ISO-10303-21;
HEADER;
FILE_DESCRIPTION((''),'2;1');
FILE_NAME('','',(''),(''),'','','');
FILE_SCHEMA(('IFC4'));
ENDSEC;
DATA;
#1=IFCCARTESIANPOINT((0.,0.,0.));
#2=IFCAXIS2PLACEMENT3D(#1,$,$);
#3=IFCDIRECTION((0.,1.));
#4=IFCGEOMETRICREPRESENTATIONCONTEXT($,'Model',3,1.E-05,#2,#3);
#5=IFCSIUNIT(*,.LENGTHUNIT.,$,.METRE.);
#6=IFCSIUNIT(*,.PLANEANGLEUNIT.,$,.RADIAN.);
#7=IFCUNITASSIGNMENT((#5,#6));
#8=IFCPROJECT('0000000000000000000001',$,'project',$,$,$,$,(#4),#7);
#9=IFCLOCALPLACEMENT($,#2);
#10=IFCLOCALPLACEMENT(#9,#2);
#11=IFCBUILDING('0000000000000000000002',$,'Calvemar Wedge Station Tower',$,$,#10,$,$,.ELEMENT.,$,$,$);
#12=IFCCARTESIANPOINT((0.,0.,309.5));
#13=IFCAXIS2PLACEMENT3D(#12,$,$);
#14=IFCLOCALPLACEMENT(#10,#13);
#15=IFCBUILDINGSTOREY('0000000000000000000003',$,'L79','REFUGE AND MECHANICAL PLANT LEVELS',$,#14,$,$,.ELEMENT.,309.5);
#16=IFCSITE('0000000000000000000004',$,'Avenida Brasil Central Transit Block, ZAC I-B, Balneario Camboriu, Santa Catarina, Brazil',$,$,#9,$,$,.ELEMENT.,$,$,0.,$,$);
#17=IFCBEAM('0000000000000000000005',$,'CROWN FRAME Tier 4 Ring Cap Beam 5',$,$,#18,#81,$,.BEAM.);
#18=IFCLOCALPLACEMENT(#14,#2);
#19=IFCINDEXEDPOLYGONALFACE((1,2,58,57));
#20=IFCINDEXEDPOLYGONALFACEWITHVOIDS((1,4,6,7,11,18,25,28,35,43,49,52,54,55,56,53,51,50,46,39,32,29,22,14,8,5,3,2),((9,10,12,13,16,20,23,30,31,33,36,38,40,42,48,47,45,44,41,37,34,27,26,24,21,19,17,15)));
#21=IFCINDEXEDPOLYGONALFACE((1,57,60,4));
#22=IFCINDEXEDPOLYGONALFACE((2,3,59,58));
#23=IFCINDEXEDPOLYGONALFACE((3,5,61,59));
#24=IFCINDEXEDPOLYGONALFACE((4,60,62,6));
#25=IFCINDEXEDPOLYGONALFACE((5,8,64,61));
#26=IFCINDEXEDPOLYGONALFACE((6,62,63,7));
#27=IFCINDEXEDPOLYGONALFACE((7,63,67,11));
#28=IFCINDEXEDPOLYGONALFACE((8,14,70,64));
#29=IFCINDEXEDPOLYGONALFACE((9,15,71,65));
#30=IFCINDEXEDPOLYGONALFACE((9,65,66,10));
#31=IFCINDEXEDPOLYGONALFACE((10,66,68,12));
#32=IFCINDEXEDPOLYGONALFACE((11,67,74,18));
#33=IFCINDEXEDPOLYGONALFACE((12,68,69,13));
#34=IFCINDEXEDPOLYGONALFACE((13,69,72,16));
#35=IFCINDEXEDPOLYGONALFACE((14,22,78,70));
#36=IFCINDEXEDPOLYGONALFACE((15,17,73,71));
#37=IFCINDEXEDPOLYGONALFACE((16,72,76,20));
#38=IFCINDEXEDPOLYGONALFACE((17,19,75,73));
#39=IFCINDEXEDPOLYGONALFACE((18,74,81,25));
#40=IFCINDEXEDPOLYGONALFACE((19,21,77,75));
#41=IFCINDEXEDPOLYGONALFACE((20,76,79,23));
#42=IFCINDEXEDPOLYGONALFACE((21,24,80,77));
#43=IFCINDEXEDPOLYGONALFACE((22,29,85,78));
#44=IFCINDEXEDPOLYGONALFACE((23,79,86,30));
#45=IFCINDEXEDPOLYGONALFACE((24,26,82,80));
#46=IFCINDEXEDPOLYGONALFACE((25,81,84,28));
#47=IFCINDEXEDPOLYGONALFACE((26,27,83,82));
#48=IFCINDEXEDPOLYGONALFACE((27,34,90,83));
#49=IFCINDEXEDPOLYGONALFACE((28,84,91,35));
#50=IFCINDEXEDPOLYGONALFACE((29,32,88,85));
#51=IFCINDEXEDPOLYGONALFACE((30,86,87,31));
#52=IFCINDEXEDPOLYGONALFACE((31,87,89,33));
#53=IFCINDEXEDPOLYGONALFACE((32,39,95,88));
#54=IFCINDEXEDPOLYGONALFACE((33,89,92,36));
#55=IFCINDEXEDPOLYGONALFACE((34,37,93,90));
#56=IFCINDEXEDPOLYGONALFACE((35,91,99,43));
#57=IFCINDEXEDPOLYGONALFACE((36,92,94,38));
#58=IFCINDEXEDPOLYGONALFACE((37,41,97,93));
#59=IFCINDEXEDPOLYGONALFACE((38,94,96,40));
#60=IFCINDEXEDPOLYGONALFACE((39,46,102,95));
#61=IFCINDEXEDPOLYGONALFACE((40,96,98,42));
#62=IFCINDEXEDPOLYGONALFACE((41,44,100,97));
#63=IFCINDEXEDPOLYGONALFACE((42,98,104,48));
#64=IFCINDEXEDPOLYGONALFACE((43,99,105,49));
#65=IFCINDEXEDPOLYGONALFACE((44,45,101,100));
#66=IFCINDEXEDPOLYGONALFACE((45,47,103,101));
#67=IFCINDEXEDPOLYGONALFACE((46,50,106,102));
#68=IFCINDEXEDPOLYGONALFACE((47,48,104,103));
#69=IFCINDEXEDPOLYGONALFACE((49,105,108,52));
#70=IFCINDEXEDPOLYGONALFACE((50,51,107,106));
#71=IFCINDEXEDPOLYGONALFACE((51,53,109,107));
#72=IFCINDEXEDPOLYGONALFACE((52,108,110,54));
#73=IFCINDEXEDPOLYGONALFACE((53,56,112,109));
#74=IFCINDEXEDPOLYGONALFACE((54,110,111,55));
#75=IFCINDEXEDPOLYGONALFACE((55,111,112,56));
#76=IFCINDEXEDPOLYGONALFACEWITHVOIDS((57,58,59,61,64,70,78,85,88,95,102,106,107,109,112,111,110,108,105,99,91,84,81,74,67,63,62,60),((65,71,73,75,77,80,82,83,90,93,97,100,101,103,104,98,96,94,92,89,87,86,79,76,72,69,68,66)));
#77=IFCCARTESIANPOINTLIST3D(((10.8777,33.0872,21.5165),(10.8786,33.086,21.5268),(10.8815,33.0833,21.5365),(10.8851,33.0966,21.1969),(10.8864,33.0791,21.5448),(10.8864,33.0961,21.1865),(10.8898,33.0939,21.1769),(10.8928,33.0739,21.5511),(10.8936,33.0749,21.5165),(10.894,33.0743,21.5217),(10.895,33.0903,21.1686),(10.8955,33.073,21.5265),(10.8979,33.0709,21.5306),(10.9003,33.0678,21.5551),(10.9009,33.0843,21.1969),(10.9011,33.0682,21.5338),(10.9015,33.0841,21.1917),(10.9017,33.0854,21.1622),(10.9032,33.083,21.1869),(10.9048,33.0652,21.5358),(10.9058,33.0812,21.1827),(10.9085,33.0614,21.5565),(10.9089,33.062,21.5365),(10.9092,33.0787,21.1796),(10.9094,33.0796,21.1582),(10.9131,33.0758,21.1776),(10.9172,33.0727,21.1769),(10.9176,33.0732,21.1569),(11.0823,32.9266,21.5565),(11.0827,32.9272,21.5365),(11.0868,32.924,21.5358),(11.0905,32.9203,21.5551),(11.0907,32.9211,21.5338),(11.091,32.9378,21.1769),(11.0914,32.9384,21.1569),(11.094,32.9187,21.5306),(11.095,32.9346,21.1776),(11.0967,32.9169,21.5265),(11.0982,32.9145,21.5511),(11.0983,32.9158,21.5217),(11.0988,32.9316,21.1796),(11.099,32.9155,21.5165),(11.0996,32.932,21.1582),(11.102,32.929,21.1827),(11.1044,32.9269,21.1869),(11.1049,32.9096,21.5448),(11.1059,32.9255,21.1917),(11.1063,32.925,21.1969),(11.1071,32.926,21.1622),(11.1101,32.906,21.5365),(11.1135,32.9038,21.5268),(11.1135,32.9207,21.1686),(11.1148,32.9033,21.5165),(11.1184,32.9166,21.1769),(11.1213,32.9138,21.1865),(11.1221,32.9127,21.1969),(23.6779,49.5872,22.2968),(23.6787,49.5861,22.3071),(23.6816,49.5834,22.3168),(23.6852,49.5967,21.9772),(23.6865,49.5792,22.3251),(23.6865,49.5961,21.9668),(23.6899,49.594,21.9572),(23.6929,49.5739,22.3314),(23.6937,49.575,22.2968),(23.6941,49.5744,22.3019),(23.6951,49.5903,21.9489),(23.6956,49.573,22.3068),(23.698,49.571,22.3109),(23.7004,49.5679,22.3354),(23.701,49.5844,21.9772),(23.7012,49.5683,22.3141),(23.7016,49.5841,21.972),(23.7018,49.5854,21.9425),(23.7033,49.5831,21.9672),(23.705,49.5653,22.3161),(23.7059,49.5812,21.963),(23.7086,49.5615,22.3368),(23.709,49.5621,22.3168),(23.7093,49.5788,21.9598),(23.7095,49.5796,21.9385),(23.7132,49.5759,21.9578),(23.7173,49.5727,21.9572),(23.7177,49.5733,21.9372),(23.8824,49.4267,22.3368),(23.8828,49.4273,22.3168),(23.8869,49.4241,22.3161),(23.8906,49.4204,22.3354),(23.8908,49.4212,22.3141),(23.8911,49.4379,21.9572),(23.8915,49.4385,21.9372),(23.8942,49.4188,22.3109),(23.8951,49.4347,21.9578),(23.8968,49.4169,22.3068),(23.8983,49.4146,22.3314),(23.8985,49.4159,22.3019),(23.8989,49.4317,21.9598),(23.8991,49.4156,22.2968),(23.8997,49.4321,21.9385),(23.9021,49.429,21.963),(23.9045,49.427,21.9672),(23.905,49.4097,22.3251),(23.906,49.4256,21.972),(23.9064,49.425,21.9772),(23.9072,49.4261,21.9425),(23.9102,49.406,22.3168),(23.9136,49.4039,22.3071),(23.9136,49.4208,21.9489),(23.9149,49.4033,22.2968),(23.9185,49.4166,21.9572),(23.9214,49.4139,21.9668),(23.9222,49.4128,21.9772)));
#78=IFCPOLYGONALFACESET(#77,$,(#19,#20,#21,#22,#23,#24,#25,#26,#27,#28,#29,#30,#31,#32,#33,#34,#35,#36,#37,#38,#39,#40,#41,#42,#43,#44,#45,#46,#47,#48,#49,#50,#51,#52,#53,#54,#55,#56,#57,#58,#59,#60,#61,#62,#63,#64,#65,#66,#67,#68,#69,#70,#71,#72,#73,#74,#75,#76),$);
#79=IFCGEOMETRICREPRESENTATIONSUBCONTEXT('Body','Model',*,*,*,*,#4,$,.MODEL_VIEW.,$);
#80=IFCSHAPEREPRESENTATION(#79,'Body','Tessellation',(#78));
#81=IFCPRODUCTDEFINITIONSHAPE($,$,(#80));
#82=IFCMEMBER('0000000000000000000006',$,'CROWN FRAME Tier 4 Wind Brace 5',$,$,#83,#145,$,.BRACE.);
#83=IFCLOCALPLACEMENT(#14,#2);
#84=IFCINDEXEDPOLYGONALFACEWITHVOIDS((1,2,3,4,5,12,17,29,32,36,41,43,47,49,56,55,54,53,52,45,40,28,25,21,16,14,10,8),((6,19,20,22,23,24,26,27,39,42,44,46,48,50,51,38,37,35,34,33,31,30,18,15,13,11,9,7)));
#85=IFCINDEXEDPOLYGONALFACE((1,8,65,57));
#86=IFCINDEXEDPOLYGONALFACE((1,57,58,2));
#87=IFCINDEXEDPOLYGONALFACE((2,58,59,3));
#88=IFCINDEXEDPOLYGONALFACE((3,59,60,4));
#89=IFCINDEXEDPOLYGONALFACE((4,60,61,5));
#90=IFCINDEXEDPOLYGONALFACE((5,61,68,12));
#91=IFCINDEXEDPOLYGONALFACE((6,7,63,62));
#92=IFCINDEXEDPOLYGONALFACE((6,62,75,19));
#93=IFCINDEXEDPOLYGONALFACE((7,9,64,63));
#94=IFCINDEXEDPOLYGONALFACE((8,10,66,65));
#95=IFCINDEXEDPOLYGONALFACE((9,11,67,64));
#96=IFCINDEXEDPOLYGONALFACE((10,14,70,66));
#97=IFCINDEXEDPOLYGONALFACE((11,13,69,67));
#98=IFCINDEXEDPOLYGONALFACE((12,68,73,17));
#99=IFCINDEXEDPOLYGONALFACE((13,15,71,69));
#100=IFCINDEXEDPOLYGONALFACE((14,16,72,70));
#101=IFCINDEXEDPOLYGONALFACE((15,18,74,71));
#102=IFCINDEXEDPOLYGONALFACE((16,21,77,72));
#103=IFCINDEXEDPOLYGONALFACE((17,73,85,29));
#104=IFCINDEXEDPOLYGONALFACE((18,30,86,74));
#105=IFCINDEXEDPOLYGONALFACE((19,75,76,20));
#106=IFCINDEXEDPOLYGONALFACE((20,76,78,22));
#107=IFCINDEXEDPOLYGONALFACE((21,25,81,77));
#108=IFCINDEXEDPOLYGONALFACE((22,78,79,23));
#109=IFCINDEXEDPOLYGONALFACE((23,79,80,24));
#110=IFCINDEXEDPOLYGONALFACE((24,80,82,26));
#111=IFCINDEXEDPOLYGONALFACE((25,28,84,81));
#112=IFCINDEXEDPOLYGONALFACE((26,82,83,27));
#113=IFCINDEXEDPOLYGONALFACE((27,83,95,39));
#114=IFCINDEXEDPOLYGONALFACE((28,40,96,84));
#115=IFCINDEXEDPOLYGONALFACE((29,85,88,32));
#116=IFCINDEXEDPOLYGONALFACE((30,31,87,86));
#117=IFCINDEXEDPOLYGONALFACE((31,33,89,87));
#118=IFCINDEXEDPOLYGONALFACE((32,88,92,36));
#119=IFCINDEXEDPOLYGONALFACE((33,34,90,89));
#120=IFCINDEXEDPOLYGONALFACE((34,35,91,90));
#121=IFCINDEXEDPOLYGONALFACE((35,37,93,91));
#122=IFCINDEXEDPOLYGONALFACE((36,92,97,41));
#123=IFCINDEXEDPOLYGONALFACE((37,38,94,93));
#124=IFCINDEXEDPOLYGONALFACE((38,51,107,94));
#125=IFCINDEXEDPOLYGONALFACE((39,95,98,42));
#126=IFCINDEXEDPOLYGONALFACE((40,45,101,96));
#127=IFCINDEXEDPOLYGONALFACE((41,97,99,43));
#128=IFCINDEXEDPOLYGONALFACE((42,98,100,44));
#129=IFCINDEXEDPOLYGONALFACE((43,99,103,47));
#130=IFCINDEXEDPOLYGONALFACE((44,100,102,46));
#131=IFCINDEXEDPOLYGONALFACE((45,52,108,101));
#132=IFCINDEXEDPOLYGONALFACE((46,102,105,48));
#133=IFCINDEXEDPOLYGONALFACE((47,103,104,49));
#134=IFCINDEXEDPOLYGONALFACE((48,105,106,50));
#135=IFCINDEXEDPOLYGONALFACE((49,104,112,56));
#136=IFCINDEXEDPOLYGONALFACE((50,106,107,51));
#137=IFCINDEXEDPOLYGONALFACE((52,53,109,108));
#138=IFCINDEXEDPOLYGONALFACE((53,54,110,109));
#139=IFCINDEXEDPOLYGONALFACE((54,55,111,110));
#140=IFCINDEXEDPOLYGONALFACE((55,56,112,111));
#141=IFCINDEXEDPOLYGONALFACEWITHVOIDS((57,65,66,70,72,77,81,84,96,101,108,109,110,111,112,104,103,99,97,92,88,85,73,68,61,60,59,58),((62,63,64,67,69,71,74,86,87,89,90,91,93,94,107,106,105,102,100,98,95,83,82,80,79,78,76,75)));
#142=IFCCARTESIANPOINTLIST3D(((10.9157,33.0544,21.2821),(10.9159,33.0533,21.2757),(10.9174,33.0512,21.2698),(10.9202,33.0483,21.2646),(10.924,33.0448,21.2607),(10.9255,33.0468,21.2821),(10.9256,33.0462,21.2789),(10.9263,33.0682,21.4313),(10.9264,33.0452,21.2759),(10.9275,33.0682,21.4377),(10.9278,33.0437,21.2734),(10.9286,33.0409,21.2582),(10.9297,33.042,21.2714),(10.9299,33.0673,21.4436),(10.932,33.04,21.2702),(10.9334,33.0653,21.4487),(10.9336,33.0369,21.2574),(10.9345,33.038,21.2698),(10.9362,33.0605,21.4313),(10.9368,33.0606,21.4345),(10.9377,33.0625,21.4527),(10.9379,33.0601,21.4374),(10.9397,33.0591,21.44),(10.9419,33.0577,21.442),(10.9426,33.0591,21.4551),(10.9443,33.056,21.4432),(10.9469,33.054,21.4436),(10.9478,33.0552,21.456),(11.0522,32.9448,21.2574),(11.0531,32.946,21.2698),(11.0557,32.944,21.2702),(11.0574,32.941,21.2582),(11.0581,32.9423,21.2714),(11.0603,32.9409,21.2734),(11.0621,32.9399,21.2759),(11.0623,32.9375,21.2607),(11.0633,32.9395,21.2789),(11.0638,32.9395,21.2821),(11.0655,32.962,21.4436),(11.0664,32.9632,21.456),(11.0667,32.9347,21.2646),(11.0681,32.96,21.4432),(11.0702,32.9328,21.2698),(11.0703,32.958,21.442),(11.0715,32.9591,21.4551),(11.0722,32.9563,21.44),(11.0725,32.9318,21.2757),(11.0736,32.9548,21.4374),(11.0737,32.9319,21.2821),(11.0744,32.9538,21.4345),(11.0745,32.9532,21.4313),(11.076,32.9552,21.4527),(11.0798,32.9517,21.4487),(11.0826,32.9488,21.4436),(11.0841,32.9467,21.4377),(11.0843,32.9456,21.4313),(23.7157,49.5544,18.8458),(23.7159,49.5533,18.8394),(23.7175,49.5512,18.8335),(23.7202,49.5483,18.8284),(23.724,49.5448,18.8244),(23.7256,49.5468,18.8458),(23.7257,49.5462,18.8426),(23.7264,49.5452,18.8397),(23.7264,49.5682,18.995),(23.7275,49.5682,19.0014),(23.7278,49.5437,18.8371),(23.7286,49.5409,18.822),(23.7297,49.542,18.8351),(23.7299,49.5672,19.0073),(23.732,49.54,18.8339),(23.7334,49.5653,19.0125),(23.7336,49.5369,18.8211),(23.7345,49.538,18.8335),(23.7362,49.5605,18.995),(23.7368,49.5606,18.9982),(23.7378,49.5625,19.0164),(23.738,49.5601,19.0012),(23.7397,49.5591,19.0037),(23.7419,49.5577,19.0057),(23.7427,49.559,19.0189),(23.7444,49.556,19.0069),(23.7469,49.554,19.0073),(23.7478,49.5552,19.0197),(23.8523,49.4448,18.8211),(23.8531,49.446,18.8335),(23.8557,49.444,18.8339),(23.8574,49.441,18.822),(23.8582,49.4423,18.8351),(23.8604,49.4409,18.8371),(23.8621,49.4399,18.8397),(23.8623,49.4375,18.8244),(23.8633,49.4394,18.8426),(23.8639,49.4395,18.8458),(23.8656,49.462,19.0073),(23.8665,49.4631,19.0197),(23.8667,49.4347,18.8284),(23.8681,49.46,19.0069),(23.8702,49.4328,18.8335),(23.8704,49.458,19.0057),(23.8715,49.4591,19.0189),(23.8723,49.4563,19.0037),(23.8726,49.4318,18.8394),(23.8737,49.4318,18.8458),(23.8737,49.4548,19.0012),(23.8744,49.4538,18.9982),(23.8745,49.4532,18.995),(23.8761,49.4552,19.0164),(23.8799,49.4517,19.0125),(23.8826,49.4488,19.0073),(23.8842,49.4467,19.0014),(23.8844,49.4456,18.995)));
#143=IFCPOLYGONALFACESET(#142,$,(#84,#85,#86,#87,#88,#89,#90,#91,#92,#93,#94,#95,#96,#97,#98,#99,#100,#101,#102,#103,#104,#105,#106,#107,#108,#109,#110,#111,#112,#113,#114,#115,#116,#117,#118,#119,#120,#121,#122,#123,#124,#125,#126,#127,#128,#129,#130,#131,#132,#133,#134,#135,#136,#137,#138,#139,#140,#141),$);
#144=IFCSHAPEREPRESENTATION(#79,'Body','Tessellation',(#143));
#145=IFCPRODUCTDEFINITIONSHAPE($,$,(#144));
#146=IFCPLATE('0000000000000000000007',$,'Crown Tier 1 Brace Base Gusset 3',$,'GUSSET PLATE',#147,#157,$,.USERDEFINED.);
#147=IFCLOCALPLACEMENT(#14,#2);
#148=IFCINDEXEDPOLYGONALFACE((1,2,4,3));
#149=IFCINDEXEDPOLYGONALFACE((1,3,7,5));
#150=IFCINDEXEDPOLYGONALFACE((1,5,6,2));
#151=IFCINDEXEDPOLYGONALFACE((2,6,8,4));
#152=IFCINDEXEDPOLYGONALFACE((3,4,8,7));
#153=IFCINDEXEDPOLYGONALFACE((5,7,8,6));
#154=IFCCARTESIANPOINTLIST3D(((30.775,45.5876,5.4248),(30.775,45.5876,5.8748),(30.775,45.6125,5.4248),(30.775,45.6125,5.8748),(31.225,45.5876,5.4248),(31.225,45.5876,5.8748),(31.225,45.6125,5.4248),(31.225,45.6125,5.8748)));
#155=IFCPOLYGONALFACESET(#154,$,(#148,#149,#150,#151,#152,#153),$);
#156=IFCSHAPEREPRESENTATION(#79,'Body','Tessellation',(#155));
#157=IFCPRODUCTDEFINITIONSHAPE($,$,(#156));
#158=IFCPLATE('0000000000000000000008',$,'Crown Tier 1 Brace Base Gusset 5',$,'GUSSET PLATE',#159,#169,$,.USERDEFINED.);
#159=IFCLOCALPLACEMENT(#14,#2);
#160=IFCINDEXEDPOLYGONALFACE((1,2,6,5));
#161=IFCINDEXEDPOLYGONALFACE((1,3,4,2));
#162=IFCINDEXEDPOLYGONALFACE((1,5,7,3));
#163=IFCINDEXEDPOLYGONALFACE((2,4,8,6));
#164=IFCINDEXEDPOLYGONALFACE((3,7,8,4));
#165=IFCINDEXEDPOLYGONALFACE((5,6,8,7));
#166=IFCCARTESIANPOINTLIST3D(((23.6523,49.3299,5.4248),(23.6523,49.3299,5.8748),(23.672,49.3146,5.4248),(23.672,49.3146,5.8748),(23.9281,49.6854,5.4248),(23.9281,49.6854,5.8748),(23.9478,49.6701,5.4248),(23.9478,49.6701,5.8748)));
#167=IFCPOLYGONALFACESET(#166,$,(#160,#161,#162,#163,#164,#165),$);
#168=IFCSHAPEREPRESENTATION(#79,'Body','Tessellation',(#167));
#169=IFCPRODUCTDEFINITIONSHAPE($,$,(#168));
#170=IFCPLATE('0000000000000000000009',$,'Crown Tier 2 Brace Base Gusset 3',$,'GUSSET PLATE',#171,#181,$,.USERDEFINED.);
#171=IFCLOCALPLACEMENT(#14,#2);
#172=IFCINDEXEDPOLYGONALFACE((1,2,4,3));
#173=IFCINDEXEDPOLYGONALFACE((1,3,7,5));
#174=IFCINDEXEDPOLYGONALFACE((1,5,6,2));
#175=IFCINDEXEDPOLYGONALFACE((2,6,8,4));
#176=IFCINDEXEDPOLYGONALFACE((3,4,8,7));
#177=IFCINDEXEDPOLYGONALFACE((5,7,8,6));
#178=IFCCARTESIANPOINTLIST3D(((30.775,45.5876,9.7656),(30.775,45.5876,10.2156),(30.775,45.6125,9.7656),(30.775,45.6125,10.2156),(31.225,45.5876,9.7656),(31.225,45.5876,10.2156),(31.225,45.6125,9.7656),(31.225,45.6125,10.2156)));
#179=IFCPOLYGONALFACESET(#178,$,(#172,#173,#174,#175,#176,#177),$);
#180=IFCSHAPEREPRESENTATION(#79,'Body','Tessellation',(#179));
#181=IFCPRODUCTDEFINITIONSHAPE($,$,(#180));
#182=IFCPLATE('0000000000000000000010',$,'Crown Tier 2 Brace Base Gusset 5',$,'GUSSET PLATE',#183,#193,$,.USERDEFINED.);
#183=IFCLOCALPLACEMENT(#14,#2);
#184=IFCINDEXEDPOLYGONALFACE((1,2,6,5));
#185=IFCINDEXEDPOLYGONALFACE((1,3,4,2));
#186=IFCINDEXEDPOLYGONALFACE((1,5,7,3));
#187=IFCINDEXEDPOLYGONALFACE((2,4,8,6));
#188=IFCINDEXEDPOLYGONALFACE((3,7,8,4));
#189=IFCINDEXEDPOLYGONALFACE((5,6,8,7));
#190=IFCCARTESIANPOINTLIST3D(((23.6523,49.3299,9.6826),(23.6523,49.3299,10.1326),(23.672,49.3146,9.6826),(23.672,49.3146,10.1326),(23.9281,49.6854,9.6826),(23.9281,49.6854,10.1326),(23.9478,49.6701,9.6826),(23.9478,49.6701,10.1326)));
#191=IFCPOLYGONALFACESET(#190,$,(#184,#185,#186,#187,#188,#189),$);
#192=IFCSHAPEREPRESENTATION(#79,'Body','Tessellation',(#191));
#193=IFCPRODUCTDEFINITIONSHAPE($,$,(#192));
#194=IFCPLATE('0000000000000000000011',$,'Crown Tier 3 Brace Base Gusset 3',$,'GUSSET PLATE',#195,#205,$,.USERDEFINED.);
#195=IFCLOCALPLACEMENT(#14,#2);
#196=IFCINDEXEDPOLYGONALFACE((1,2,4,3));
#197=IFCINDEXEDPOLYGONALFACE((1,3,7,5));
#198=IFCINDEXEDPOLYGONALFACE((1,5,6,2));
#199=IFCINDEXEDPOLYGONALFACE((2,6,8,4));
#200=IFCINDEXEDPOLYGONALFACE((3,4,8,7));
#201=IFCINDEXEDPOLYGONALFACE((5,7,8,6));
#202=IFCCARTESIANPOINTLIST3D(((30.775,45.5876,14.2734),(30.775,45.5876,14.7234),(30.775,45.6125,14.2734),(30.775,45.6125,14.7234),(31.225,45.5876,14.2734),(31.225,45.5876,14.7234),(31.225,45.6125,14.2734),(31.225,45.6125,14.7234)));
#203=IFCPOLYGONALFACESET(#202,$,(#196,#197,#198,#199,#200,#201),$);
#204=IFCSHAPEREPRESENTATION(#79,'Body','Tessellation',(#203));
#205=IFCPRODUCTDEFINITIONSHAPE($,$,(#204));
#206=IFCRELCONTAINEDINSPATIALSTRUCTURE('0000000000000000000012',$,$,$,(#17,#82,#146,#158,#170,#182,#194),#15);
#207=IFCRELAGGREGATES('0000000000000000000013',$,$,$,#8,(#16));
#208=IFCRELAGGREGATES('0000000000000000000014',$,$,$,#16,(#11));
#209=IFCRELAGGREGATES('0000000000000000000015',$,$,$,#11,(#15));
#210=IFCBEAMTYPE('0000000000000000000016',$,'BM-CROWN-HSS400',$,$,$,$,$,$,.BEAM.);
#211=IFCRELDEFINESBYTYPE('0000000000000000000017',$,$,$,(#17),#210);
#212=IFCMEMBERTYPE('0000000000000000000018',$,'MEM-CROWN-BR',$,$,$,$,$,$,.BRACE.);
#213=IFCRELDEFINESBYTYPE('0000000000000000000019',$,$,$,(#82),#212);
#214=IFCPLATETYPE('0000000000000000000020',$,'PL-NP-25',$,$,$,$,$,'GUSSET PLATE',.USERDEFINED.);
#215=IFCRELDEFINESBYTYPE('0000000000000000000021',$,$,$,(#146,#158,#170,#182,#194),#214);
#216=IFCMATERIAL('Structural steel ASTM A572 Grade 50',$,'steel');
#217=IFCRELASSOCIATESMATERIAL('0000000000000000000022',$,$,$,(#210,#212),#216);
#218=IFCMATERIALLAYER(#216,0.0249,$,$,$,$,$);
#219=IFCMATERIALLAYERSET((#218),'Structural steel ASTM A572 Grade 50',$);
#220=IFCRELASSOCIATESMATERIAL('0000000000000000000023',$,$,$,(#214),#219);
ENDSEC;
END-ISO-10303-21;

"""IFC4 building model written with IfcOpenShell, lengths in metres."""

from ifc_helpers import new_model, si_unit, direction, frame, origin, origin_2d, place, context, subcontext, project, spatial, rectangle, hollow_rectangle, extrude, source, transform, mapped, material, layer, layer_set, material_profile, profile_set, type_object, element, save


model = new_model("IFC4")

# Units and contexts
model_context = context("Model", 3, precision=1e-05, world=origin(), true_north=direction((0.0, 1.0)))
body_context = subcontext(model_context, "Body", "Model", "MODEL_VIEW")
ifc_project = project(units=[si_unit("LENGTHUNIT", "METRE"), si_unit("PLANEANGLEUNIT", "RADIAN")], contexts=[model_context])

# Site, building, storey
site_placement = place(None, origin())
site = spatial("IfcSite", under=ifc_project, at=site_placement, Name="Avenida Brasil Central Transit Block, ZAC I-B, Balneario Camboriu, Santa Catarina, Brazil", CompositionType="ELEMENT", RefElevation=0.0)
building_placement = place(site_placement, origin())
building = spatial("IfcBuilding", under=site, at=building_placement, Name="Calvemar Wedge Station Tower", CompositionType="ELEMENT")
storey_placement = place(building_placement, frame((0.0, 0.0, 309.5)))
storey = spatial("IfcBuildingStorey", under=building, at=storey_placement, Name="L79", Description="REFUGE AND MECHANICAL PLANT LEVELS", CompositionType="ELEMENT", Elevation=309.5)

# Shared definitions
ifc_material_1 = material(Name="Structural steel ASTM A572 Grade 50", Category="steel")

# Shared definitions
ifc_material_profile_1 = material_profile(ifc_material_1, hollow_rectangle(XDim=0.3, YDim=0.3999, WallThickness=0.02, InnerFilletRadius=0.02, OuterFilletRadius=0.04, at=origin_2d()), Name="HSS400x300x20")
ifc_profile_set_1 = profile_set([ifc_material_profile_1], Name="Structural steel ASTM A572 Grade 50")
beam_type = type_object("IfcBeamType", Name="BM-CROWN-HSS400", PredefinedType="BEAM", material=ifc_profile_set_1)

# Shared definitions
ifc_material_profile_2 = material_profile(ifc_material_1, hollow_rectangle(XDim=0.2, YDim=0.2, WallThickness=0.0125, InnerFilletRadius=0.0125, OuterFilletRadius=0.0249, at=origin_2d()), Name="HSS200x200x12.5")
ifc_profile_set_2 = profile_set([ifc_material_profile_2], Name="Structural steel ASTM A572 Grade 50")
member_type = type_object("IfcMemberType", Name="MEM-CROWN-BR", PredefinedType="BRACE", material=ifc_profile_set_2)

# Beam
shared_shape_1 = source(origin(), body_context, "Body", "SweptSolid", [
    extrude(hollow_rectangle(XDim=0.3, YDim=0.3999, WallThickness=0.02, InnerFilletRadius=0.02, OuterFilletRadius=0.04, at=origin_2d()), origin(), (0.0, 0.0, 1.0), 20.8975),
])
beam_1_placement = place(storey_placement, frame((23.8, 49.5, 22.137), z_axis=(-0.61252, -0.789573, -0.037338), x_axis=(0.790124, -0.612947, 0.0)))
element("IfcBeam", 1, at=beam_1_placement, inside=storey, type_object=beam_type, Name="CROWN FRAME Tier 4 Ring Cap Beam 5", PredefinedType="BEAM", context=body_context, shape_type="MappedRepresentation", body=[
    mapped(shared_shape_1, transform((0.0, 0.0, 0.0), scale=1.0)),
])

# Member
shared_shape_2 = source(origin(), body_context, "Body", "SweptSolid", [
    extrude(hollow_rectangle(XDim=0.2, YDim=0.2, WallThickness=0.0125, InnerFilletRadius=0.0125, OuterFilletRadius=0.0249, at=origin_2d()), origin(), (0.0, 0.0, 1.0), 21.0244),
])
member_1_placement = place(storey_placement, frame((23.8, 49.5, 18.9204), z_axis=(-0.608818, -0.784801, 0.115878), x_axis=(0.790124, -0.612947, 0.0)))
element("IfcMember", 2, at=member_1_placement, inside=storey, type_object=member_type, Name="CROWN FRAME Tier 4 Wind Brace 5", PredefinedType="BRACE", context=body_context, shape_type="MappedRepresentation", body=[
    mapped(shared_shape_2, transform((0.0, 0.0, 0.0), scale=1.0)),
])

# Plates
ifc_layer_1 = layer(ifc_material_1, 0.0249)
ifc_layer_set_1 = layer_set([ifc_layer_1], Name="Structural steel ASTM A572 Grade 50")
plate_type = type_object("IfcPlateType", Name="PL-NP-25", ElementType="GUSSET PLATE", PredefinedType="USERDEFINED", material=ifc_layer_set_1)
shared_shape_3 = source(origin(), body_context, "Body", "SweptSolid", [
    extrude(rectangle(XDim=0.45, YDim=0.0249, at=origin_2d()), origin(), (0.0, 0.0, 1.0), 0.45),
])
for number, where, z_axis, x_axis, name in (
    (3, (31.0, 45.6001, 5.4248), (0.0, 0.0, 1.0), (-1.0, 0.0, 0.0), "Crown Tier 1 Brace Base Gusset 3"),
    (4, (23.8, 49.5, 5.4248), (0.0, 0.0, 1.0), (-0.612907, -0.790155, 0.0), "Crown Tier 1 Brace Base Gusset 5"),
    (5, (31.0, 45.6001, 9.7656), (0.0, 0.0, 1.0), (-1.0, 0.0, 0.0), "Crown Tier 2 Brace Base Gusset 3"),
    (6, (23.8, 49.5, 9.6826), (0.0, 0.0, 1.0), (-0.612907, -0.790155, 0.0), "Crown Tier 2 Brace Base Gusset 5"),
    (7, (31.0, 45.6001, 14.2734), (0.0, 0.0, 1.0), (-1.0, 0.0, 0.0), "Crown Tier 3 Brace Base Gusset 3"),
):
    element("IfcPlate", number, at=place(storey_placement, frame(where, z_axis=z_axis, x_axis=x_axis)), inside=storey, type_object=plate_type, Name=name, ObjectType="GUSSET PLATE", PredefinedType="USERDEFINED", context=body_context, shape_type="MappedRepresentation", body=[
        mapped(shared_shape_3, transform((0.0, 0.0, 0.0), scale=1.0)),
    ])

save(model, "model.ifc")
